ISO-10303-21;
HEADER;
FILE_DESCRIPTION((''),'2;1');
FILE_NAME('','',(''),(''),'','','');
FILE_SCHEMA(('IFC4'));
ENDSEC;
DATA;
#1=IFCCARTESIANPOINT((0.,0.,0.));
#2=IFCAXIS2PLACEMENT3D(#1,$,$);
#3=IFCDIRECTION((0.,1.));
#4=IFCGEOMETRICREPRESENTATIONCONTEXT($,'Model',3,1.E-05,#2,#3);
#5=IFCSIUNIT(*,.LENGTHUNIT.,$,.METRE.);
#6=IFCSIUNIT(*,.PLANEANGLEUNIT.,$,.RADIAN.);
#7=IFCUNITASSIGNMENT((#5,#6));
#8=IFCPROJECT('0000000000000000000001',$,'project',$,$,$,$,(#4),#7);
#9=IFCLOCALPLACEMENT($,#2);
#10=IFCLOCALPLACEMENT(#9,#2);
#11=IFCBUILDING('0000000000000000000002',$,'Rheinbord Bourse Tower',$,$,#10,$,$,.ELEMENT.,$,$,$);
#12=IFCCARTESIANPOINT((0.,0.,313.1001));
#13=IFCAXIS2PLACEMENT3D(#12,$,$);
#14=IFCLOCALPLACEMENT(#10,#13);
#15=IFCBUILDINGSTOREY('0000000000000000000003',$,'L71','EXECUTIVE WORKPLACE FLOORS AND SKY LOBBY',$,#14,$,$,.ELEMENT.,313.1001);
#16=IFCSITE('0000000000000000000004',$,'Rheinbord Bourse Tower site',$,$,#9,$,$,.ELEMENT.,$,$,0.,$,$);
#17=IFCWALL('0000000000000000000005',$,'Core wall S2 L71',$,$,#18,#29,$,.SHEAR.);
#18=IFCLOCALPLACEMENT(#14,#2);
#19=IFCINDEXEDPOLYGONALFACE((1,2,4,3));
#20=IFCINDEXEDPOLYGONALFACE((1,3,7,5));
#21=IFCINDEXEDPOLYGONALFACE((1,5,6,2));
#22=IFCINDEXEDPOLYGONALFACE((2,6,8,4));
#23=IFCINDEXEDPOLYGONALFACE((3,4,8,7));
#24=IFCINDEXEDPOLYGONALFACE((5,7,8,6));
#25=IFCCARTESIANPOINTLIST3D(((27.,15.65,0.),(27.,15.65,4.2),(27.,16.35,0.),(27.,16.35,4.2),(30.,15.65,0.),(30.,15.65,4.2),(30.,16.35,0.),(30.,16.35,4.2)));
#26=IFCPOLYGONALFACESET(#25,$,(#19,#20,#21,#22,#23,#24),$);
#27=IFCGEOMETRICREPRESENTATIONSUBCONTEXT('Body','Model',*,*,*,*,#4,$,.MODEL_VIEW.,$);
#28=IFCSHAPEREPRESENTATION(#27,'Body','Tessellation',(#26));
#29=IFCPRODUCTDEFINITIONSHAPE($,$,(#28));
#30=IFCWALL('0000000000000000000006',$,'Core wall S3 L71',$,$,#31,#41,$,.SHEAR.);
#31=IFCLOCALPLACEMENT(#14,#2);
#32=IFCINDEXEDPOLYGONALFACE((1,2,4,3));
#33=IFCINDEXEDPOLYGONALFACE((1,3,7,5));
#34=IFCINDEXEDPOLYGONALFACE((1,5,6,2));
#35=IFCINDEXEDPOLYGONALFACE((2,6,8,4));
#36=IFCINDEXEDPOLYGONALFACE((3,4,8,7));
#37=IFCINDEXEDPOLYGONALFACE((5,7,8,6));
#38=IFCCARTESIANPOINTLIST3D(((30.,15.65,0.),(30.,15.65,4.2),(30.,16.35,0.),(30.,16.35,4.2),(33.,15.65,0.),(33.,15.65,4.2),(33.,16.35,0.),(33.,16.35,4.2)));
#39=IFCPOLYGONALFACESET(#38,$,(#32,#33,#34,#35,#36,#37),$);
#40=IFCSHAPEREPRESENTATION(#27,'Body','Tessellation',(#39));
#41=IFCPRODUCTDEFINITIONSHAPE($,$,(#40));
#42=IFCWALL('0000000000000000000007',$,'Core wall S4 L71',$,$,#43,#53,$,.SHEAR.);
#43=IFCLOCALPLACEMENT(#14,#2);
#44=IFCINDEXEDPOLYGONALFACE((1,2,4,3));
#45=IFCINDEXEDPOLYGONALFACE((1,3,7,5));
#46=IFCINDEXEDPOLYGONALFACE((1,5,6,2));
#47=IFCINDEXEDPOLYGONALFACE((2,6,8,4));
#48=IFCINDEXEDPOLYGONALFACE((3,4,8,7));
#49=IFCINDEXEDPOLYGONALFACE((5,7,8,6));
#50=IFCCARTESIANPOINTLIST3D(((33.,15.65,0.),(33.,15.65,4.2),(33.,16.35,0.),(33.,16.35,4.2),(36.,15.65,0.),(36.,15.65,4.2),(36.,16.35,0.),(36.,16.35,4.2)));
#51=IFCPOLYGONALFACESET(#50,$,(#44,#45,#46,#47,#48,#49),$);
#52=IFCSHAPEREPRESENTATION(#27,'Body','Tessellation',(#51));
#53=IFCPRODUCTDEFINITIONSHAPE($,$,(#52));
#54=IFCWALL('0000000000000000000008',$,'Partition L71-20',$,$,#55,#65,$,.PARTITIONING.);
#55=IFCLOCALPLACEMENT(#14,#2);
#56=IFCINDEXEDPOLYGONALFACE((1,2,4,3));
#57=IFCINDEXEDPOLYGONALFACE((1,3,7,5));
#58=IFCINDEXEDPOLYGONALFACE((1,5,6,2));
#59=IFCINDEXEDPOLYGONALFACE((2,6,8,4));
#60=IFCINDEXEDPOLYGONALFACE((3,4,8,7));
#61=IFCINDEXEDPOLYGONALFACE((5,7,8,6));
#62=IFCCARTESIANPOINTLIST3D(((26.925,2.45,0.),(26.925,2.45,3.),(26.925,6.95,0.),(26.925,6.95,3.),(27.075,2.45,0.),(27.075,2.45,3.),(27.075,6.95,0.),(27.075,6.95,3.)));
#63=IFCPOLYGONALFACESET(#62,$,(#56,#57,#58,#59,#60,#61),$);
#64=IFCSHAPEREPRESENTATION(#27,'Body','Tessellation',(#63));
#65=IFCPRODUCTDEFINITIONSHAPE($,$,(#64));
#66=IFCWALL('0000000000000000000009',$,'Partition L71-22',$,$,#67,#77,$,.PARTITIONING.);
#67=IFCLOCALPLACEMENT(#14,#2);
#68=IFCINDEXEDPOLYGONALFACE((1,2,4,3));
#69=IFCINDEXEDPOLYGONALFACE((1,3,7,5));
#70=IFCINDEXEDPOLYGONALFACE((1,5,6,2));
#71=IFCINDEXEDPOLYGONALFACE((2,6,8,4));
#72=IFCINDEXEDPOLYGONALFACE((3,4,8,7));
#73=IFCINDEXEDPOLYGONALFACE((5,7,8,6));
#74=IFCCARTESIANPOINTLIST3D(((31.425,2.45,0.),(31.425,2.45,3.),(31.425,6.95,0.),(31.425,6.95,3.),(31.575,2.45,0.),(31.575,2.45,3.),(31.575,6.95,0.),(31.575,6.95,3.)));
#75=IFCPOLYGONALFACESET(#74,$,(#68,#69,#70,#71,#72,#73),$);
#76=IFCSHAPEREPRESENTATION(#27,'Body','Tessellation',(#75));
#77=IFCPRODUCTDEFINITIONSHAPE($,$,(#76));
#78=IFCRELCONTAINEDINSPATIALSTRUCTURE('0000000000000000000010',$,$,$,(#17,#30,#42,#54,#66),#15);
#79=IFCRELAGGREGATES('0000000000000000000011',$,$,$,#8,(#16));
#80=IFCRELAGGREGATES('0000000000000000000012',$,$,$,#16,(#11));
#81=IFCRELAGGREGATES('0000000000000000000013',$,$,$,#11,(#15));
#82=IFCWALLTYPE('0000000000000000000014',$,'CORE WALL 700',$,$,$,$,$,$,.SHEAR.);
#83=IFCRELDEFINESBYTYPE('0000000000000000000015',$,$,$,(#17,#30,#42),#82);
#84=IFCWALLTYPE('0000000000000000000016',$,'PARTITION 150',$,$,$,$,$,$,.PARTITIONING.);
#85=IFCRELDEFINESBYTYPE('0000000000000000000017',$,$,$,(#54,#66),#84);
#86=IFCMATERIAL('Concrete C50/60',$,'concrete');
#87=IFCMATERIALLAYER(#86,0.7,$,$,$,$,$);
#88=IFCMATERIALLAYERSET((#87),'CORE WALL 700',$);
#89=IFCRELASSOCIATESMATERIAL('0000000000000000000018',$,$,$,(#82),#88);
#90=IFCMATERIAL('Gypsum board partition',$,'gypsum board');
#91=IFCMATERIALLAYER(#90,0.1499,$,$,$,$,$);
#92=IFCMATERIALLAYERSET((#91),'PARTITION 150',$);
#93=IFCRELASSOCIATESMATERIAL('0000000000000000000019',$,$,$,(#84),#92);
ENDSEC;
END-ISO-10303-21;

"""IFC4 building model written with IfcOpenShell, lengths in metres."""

from ifc_helpers import new_model, si_unit, direction, frame, frame_2d, origin, place, context, subcontext, project, spatial, rectangle, extrude, material, layer, layer_set, type_object, element, save


model = new_model("IFC4")

# Units and contexts
model_context = context("Model", 3, precision=1e-05, world=origin(), true_north=direction((0.0, 1.0)))
body_context = subcontext(model_context, "Body", "Model", "MODEL_VIEW")
ifc_project = project(units=[si_unit("LENGTHUNIT", "METRE"), si_unit("PLANEANGLEUNIT", "RADIAN")], contexts=[model_context])

# Site, building, storey
site_placement = place(None, origin())
site = spatial("IfcSite", under=ifc_project, at=site_placement, Name="Rheinbord Bourse Tower site", CompositionType="ELEMENT", RefElevation=0.0)
building_placement = place(site_placement, origin())
building = spatial("IfcBuilding", under=site, at=building_placement, Name="Rheinbord Bourse Tower", CompositionType="ELEMENT")
storey_placement = place(building_placement, frame((0.0, 0.0, 313.1001)))
storey = spatial("IfcBuildingStorey", under=building, at=storey_placement, Name="L71", Description="EXECUTIVE WORKPLACE FLOORS AND SKY LOBBY", CompositionType="ELEMENT", Elevation=313.1001)

# Walls
ifc_material_1 = material(Name="Concrete C50/60", Category="concrete")
ifc_layer_1 = layer(ifc_material_1, 0.7)
ifc_layer_set_1 = layer_set([ifc_layer_1], Name="CORE WALL 700")
wall_type_1 = type_object("IfcWallType", Name="CORE WALL 700", PredefinedType="SHEAR", material=ifc_layer_set_1)
for number, where, z_axis, x_axis, name in (
    (1, (27.0, 16.0, 0.0), (0.0, 0.0, 1.0), (1.0, 0.0, 0.0), "Core wall S2 L71"),
    (2, (30.0, 16.0, 0.0), (0.0, 0.0, 1.0), (1.0, 0.0, 0.0), "Core wall S3 L71"),
    (3, (33.0, 16.0, 0.0), (0.0, 0.0, 1.0), (1.0, 0.0, 0.0), "Core wall S4 L71"),
):
    element("IfcWall", number, at=place(storey_placement, frame(where, z_axis=z_axis, x_axis=x_axis)), inside=storey, type_object=wall_type_1, Name=name, PredefinedType="SHEAR", context=body_context, shape_type="SweptSolid", body=[
        extrude(rectangle(XDim=3.0, YDim=0.7, at=frame_2d((1.5, 0.0))), origin(), (0.0, 0.0, 1.0), 4.2),
    ])
ifc_material_2 = material(Name="Gypsum board partition", Category="gypsum board")
ifc_layer_2 = layer(ifc_material_2, 0.1499)
ifc_layer_set_2 = layer_set([ifc_layer_2], Name="PARTITION 150")
wall_type_2 = type_object("IfcWallType", Name="PARTITION 150", PredefinedType="PARTITIONING", material=ifc_layer_set_2)
for number, where, z_axis, x_axis, name in (
    (4, (27.0, 2.45, 0.0), (0.0, 0.0, 1.0), (0.0, 1.0, 0.0), "Partition L71-20"),
    (5, (31.5, 2.45, 0.0), (0.0, 0.0, 1.0), (0.0, 1.0, 0.0), "Partition L71-22"),
):
    element("IfcWall", number, at=place(storey_placement, frame(where, z_axis=z_axis, x_axis=x_axis)), inside=storey, type_object=wall_type_2, Name=name, PredefinedType="PARTITIONING", context=body_context, shape_type="SweptSolid", body=[
        extrude(rectangle(XDim=4.5, YDim=0.1499, at=frame_2d((2.25, 0.0))), origin(), (0.0, 0.0, 1.0), 3.0),
    ])

save(model, "model.ifc")
